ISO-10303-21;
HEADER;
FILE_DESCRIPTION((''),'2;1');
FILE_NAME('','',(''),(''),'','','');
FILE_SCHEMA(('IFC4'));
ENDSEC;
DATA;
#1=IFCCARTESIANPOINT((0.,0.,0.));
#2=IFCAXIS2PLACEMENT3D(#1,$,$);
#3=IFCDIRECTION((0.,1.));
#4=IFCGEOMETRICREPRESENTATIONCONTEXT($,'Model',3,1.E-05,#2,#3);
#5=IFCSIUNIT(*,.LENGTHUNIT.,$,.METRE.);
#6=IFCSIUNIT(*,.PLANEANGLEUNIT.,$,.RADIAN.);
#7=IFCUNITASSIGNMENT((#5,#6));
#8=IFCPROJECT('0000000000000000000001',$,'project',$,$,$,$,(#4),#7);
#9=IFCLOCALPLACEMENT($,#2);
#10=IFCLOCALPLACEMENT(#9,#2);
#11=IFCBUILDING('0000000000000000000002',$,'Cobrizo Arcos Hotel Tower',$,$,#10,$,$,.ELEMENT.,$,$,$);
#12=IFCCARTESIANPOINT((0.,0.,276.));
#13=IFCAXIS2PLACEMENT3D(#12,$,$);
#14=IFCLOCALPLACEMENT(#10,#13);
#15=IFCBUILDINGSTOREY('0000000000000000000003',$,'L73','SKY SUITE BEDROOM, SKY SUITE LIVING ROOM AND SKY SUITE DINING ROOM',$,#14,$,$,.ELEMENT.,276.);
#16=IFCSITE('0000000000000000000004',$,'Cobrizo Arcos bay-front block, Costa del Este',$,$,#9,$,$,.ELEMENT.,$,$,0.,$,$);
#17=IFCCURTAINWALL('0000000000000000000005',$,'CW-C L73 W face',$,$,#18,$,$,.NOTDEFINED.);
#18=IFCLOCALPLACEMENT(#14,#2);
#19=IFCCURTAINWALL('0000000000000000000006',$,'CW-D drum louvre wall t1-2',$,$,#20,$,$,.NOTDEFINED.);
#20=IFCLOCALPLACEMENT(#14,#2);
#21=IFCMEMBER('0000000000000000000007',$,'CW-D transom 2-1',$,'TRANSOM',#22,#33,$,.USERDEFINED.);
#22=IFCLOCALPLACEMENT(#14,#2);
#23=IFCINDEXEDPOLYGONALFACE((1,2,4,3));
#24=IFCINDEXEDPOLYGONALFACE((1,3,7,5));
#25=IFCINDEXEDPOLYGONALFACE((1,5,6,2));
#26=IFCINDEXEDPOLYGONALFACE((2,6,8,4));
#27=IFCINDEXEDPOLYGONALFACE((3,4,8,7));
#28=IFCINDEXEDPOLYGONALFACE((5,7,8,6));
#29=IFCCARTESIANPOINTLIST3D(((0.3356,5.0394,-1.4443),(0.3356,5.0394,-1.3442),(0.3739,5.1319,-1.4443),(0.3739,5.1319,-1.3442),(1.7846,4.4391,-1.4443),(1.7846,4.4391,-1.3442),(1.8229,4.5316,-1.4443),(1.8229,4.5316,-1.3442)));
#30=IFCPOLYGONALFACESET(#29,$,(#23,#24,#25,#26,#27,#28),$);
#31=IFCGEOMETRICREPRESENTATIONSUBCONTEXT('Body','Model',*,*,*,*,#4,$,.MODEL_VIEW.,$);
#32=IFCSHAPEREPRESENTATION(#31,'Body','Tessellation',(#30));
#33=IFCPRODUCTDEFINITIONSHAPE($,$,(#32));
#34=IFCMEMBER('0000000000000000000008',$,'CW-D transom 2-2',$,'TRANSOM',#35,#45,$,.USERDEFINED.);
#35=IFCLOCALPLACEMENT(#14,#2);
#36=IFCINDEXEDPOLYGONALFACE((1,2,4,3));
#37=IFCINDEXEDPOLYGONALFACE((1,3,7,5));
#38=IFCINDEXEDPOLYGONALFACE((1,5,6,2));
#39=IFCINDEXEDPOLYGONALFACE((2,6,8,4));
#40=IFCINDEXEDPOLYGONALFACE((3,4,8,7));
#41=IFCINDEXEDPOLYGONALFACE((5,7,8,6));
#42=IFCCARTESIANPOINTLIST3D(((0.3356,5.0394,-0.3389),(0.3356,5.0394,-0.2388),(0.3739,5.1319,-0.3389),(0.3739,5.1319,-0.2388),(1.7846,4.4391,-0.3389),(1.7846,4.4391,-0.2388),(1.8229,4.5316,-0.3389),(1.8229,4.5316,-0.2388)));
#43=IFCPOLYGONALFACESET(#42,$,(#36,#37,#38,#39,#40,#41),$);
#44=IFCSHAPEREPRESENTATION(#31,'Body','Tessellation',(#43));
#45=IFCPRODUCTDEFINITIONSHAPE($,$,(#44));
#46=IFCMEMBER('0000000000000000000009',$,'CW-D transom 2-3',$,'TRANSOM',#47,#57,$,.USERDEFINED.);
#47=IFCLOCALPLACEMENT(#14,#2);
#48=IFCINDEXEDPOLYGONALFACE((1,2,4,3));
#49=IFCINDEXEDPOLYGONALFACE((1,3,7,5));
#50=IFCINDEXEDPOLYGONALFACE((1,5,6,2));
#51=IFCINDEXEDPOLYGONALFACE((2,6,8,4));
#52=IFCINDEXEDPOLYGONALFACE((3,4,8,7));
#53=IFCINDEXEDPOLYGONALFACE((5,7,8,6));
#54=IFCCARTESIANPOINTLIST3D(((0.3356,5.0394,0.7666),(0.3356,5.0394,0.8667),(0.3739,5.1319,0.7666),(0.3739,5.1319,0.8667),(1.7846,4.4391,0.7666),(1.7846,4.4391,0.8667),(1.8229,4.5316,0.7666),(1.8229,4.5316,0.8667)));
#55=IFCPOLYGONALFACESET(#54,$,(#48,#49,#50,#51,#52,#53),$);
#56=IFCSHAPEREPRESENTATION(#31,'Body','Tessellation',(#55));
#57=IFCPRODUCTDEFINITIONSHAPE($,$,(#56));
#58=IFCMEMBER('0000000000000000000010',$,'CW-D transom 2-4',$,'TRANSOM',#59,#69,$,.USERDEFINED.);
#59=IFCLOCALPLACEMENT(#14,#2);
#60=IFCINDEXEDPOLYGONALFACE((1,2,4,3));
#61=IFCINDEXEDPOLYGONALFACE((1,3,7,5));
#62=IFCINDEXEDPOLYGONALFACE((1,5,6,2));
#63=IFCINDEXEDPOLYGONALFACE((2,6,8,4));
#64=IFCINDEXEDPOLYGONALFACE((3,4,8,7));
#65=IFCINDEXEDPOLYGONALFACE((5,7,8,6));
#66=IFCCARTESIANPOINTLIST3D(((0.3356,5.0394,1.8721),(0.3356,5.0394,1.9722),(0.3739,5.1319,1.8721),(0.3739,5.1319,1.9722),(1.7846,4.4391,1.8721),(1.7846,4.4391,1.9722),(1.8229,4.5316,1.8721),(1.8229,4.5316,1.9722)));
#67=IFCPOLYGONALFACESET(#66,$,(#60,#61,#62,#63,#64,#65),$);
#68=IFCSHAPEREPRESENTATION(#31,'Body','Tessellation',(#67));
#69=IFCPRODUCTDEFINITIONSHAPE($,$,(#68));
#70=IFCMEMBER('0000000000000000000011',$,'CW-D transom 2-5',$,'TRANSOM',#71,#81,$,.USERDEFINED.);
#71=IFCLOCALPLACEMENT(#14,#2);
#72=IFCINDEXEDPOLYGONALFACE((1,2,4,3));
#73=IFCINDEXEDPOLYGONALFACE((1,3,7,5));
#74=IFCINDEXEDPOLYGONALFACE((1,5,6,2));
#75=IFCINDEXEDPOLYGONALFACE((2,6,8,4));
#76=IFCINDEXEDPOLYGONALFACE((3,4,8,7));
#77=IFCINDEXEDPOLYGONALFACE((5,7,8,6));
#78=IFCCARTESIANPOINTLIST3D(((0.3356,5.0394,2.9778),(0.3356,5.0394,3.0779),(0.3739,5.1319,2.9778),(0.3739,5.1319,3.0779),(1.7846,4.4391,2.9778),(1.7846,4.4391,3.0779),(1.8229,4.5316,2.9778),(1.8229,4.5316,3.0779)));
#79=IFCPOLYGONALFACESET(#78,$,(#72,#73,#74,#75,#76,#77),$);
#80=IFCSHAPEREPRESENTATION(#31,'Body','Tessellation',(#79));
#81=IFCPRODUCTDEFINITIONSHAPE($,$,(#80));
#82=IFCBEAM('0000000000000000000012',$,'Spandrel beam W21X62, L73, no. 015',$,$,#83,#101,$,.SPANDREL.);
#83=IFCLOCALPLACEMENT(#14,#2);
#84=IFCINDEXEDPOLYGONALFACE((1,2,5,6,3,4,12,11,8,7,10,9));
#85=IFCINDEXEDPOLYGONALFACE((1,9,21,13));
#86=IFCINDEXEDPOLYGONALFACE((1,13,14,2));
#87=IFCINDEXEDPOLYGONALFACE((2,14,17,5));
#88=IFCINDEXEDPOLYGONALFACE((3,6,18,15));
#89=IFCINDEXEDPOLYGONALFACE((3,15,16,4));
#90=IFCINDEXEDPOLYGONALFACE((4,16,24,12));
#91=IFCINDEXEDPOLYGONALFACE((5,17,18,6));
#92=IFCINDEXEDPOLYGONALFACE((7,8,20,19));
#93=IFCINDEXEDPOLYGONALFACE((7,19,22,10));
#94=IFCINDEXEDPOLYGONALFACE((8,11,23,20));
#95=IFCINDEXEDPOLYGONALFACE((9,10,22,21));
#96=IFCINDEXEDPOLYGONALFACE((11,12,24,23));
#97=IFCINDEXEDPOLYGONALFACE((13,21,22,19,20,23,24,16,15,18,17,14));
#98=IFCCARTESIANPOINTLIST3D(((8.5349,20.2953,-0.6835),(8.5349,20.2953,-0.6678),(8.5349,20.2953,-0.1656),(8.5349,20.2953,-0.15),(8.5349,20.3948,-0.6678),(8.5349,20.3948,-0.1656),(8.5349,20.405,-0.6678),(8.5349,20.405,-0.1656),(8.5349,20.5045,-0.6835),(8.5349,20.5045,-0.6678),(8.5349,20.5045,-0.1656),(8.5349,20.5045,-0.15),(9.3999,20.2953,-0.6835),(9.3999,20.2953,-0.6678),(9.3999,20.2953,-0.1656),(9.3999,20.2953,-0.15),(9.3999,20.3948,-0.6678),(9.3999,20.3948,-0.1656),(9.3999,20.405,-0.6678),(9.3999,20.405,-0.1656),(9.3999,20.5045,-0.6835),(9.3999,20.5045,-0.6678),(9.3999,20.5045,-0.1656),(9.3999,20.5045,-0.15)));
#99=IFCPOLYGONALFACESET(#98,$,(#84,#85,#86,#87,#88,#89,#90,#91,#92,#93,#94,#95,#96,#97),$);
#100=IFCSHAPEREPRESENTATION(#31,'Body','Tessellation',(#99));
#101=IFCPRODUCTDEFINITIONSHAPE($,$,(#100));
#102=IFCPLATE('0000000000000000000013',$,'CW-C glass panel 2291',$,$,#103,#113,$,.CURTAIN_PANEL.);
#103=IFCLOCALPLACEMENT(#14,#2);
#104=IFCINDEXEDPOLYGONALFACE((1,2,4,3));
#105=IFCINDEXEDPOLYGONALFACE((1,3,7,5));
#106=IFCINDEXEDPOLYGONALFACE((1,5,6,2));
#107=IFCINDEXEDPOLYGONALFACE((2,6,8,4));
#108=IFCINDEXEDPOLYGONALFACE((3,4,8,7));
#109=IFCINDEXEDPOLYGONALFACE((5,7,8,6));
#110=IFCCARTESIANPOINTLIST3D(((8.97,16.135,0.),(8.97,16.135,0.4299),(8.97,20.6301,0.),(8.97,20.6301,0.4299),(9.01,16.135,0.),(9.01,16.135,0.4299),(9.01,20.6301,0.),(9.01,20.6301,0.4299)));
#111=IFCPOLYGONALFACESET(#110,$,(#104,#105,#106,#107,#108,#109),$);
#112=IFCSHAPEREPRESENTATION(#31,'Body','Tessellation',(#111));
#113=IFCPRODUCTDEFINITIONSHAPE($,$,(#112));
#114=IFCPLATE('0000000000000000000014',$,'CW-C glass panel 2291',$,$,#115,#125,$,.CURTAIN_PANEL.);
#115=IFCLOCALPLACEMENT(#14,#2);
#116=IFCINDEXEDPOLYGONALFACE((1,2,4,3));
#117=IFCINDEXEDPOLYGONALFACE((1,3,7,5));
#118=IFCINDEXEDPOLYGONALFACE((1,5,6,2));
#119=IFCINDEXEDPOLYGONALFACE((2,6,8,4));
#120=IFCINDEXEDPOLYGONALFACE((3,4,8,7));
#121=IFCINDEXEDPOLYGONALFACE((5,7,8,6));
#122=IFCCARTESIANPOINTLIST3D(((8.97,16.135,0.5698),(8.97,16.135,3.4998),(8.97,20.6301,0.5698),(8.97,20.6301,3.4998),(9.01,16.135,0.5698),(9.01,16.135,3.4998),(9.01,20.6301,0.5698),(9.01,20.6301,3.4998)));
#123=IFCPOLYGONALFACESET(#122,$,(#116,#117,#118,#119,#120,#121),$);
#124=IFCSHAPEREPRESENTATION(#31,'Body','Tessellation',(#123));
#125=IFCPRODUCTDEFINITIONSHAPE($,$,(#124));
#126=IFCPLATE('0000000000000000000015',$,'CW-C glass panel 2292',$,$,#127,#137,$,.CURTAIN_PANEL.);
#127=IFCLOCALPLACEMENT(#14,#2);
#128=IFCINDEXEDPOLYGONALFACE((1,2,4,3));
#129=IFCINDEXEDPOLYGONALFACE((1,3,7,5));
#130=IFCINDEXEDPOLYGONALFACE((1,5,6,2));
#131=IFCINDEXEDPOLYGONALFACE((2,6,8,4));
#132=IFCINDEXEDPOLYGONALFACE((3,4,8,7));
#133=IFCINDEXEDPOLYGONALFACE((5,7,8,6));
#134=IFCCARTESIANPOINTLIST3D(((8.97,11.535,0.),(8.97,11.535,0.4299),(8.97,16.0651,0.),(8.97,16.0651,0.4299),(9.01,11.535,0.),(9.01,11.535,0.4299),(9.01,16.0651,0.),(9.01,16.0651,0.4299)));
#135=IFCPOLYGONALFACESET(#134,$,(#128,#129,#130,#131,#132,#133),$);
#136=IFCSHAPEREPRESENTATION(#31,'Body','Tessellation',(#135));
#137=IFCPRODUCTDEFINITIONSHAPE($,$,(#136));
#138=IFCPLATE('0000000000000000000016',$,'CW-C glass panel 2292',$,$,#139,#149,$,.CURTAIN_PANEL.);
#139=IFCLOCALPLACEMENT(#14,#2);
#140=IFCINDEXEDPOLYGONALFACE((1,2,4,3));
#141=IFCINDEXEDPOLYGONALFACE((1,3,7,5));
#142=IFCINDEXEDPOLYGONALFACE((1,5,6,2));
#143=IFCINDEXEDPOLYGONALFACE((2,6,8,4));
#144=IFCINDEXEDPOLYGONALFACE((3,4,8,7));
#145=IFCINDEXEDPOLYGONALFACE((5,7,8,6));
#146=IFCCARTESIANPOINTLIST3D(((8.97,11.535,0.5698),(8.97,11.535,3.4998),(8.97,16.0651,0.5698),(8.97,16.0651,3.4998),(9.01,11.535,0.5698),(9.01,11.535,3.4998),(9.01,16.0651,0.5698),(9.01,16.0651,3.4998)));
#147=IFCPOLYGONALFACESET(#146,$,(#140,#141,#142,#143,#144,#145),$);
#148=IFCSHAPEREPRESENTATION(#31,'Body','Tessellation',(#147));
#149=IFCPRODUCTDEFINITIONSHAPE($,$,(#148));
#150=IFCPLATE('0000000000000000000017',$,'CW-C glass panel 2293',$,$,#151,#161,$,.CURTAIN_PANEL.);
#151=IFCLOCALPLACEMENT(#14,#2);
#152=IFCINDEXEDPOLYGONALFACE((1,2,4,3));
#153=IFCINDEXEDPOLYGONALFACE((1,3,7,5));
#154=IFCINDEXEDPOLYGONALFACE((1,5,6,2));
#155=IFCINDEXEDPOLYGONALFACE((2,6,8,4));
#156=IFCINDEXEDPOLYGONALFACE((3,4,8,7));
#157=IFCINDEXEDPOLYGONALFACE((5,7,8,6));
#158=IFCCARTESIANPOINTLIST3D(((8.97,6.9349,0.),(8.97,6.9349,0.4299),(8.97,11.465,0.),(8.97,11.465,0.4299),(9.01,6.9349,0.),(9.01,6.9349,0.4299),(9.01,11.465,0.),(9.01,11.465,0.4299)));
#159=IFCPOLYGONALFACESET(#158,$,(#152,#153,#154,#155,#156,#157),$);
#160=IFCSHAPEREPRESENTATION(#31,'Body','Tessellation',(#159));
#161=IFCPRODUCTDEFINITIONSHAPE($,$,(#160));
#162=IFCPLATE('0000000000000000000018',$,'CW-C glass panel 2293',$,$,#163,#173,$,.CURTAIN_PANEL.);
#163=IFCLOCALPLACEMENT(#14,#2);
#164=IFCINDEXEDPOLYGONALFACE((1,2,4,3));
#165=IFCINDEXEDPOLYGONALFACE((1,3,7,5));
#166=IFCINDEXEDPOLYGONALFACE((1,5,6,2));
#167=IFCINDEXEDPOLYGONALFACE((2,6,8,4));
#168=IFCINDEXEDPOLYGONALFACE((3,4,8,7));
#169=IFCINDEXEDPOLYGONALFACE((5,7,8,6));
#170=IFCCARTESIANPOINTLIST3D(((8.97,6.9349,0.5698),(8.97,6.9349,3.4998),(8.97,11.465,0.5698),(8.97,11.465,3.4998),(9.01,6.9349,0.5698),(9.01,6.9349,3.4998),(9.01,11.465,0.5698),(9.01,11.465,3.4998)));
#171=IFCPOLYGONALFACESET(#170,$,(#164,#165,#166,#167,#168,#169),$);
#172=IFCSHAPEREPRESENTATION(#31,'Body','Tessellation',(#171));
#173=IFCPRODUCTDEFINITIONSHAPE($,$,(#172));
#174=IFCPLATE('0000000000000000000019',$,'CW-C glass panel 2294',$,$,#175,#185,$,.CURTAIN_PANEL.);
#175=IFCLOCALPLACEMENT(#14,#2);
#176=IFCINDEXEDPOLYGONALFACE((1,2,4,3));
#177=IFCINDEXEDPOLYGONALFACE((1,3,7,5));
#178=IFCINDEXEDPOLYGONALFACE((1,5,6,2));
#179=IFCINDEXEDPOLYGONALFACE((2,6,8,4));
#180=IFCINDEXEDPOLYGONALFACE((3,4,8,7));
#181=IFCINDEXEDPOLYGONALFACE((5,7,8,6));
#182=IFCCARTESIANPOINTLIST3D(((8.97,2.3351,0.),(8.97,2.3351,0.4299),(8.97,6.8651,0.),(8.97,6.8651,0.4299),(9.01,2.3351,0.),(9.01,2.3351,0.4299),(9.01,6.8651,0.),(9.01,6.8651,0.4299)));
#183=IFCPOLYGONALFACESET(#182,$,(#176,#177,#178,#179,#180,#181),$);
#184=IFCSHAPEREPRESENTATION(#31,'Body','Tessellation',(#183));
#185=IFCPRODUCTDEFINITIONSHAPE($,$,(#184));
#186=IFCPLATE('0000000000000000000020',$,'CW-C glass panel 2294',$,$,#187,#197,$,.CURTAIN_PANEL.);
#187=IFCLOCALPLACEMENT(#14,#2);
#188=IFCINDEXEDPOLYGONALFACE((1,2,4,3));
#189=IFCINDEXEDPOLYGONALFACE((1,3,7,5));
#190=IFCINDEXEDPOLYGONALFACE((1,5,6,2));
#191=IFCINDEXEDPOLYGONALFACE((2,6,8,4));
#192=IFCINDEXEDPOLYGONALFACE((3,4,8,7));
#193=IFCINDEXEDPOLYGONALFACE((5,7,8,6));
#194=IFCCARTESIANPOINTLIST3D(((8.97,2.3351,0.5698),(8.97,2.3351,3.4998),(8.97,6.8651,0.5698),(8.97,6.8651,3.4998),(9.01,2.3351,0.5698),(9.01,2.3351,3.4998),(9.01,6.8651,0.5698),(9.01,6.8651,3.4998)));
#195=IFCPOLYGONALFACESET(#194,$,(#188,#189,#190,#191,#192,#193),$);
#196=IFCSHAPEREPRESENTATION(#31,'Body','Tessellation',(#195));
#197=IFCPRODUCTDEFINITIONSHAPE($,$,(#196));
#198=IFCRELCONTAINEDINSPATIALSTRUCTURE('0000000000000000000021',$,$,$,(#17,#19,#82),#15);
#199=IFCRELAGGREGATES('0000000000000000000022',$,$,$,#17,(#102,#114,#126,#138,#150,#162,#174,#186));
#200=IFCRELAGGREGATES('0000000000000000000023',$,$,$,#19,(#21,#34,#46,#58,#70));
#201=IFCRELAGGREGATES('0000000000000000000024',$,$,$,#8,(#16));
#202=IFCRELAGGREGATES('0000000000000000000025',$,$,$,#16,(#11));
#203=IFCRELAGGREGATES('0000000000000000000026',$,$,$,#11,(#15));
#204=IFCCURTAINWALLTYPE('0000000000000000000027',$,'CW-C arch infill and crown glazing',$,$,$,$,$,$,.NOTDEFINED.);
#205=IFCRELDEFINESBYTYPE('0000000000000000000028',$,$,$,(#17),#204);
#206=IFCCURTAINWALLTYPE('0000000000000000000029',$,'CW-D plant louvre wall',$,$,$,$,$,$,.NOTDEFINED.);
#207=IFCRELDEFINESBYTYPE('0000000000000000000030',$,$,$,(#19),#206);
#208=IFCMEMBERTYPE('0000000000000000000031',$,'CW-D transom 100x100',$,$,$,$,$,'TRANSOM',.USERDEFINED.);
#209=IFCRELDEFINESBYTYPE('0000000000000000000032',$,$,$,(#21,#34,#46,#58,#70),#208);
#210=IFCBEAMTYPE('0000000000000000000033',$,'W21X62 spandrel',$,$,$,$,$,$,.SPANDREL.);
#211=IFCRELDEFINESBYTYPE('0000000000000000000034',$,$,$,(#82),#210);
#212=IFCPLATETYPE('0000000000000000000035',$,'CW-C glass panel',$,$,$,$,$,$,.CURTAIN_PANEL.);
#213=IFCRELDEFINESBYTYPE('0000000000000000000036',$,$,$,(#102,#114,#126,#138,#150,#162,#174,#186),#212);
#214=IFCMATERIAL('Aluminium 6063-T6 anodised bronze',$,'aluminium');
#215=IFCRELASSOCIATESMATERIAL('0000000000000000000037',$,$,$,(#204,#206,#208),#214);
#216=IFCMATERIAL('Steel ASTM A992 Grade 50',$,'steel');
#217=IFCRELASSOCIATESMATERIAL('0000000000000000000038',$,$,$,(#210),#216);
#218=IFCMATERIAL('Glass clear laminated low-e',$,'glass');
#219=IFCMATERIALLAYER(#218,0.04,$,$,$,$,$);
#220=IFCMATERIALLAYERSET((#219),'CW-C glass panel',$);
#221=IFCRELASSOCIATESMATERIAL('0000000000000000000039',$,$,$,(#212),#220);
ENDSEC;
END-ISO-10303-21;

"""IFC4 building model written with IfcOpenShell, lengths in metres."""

from ifc_helpers import new_model, si_unit, direction, frame, origin, origin_2d, place, context, subcontext, project, spatial, rectangle, i_section, extrude, material, layer, layer_set, material_profile, profile_set, type_object, element, aggregate, save


model = new_model("IFC4")

# Units and contexts
model_context = context("Model", 3, precision=1e-05, world=origin(), true_north=direction((0.0, 1.0)))
body_context = subcontext(model_context, "Body", "Model", "MODEL_VIEW")
ifc_project = project(units=[si_unit("LENGTHUNIT", "METRE"), si_unit("PLANEANGLEUNIT", "RADIAN")], contexts=[model_context])

# Site, building, storey
site_placement = place(None, origin())
site = spatial("IfcSite", under=ifc_project, at=site_placement, Name="Cobrizo Arcos bay-front block, Costa del Este", CompositionType="ELEMENT", RefElevation=0.0)
building_placement = place(site_placement, origin())
building = spatial("IfcBuilding", under=site, at=building_placement, Name="Cobrizo Arcos Hotel Tower", CompositionType="ELEMENT")
storey_placement = place(building_placement, frame((0.0, 0.0, 276.0)))
storey = spatial("IfcBuildingStorey", under=building, at=storey_placement, Name="L73", Description="SKY SUITE BEDROOM, SKY SUITE LIVING ROOM AND SKY SUITE DINING ROOM", CompositionType="ELEMENT", Elevation=276.0)

# Shared definitions
ifc_material_1 = material(Name="Aluminium 6063-T6 anodised bronze", Category="aluminium")

# Curtain walls, members
curtain_wall_type_1 = type_object("IfcCurtainWallType", Name="CW-C arch infill and crown glazing", PredefinedType="NOTDEFINED", material=ifc_material_1)
curtain_wall_1_placement = place(storey_placement, origin())
curtain_wall_1 = element("IfcCurtainWall", 1, at=curtain_wall_1_placement, inside=storey, type_object=curtain_wall_type_1, Name="CW-C L73 W face", PredefinedType="NOTDEFINED")
curtain_wall_type_2 = type_object("IfcCurtainWallType", Name="CW-D plant louvre wall", PredefinedType="NOTDEFINED", material=ifc_material_1)
curtain_wall_2_placement = place(storey_placement, origin())
curtain_wall_2 = element("IfcCurtainWall", 2, at=curtain_wall_2_placement, inside=storey, type_object=curtain_wall_type_2, Name="CW-D drum louvre wall t1-2", PredefinedType="NOTDEFINED")
ifc_material_profile_1 = material_profile(ifc_material_1, rectangle(XDim=0.1001, YDim=0.1001, at=origin_2d()), Name="CW-D transom 100x100")
ifc_profile_set_1 = profile_set([ifc_material_profile_1], Name="Aluminium 6063-T6 anodised bronze")
member_type_1 = type_object("IfcMemberType", Name="CW-D transom 100x100", ElementType="TRANSOM", PredefinedType="USERDEFINED", material=ifc_profile_set_1)
member_1_placement = place(storey_placement, frame((1.8037, 4.4854, -1.3943), z_axis=(-0.923844, 0.382769, 0.0), x_axis=(-0.382769, -0.923844, 0.0)))
member_1 = element("IfcMember", 3, at=member_1_placement, type_object=member_type_1, Name="CW-D transom 2-1", ObjectType="TRANSOM", PredefinedType="USERDEFINED", context=body_context, shape_type="SweptSolid", body=[
    extrude(rectangle(XDim=0.1001, YDim=0.1001, at=origin_2d()), origin(), (0.0, 0.0, 1.0), 1.5684),
])
member_2_placement = place(storey_placement, frame((1.8037, 4.4854, -0.2888), z_axis=(-0.923844, 0.382769, 0.0), x_axis=(-0.382769, -0.923844, 0.0)))
member_2 = element("IfcMember", 4, at=member_2_placement, type_object=member_type_1, Name="CW-D transom 2-2", ObjectType="TRANSOM", PredefinedType="USERDEFINED", context=body_context, shape_type="SweptSolid", body=[
    extrude(rectangle(XDim=0.1001, YDim=0.1001, at=origin_2d()), origin(), (0.0, 0.0, 1.0), 1.5684),
])
member_3_placement = place(storey_placement, frame((1.8037, 4.4854, 0.8167), z_axis=(-0.923844, 0.382769, 0.0), x_axis=(-0.382769, -0.923844, 0.0)))
member_3 = element("IfcMember", 5, at=member_3_placement, type_object=member_type_1, Name="CW-D transom 2-3", ObjectType="TRANSOM", PredefinedType="USERDEFINED", context=body_context, shape_type="SweptSolid", body=[
    extrude(rectangle(XDim=0.1001, YDim=0.1001, at=origin_2d()), origin(), (0.0, 0.0, 1.0), 1.5684),
])
member_4_placement = place(storey_placement, frame((1.8037, 4.4854, 1.9221), z_axis=(-0.923844, 0.382769, 0.0), x_axis=(-0.382769, -0.923844, 0.0)))
member_4 = element("IfcMember", 6, at=member_4_placement, type_object=member_type_1, Name="CW-D transom 2-4", ObjectType="TRANSOM", PredefinedType="USERDEFINED", context=body_context, shape_type="SweptSolid", body=[
    extrude(rectangle(XDim=0.1001, YDim=0.1001, at=origin_2d()), origin(), (0.0, 0.0, 1.0), 1.5684),
])
member_5_placement = place(storey_placement, frame((1.8037, 4.4854, 3.0278), z_axis=(-0.923844, 0.382769, 0.0), x_axis=(-0.382769, -0.923844, 0.0)))
member_5 = element("IfcMember", 7, at=member_5_placement, type_object=member_type_1, Name="CW-D transom 2-5", ObjectType="TRANSOM", PredefinedType="USERDEFINED", context=body_context, shape_type="SweptSolid", body=[
    extrude(rectangle(XDim=0.1001, YDim=0.1001, at=origin_2d()), origin(), (0.0, 0.0, 1.0), 1.5684),
])

# Beam
ifc_material_2 = material(Name="Steel ASTM A992 Grade 50", Category="steel")
ifc_material_profile_2 = material_profile(ifc_material_2, i_section(OverallWidth=0.2092, OverallDepth=0.5334, WebThickness=0.0103, FlangeThickness=0.0156, at=origin_2d()), Name="W21X62")
ifc_profile_set_2 = profile_set([ifc_material_profile_2], Name="Steel ASTM A992 Grade 50")
beam_type = type_object("IfcBeamType", Name="W21X62 spandrel", PredefinedType="SPANDREL", material=ifc_profile_set_2)
beam_placement = place(storey_placement, frame((8.5349, 20.3999, -0.4167), z_axis=(1.0, 0.0, 0.0), x_axis=(0.0, 1.0, 0.0)))
element("IfcBeam", 8, at=beam_placement, inside=storey, type_object=beam_type, Name="Spandrel beam W21X62, L73, no. 015", PredefinedType="SPANDREL", context=body_context, shape_type="SweptSolid", body=[
    extrude(i_section(OverallWidth=0.2092, OverallDepth=0.5334, WebThickness=0.0103, FlangeThickness=0.0156, at=origin_2d()), origin(), (0.0, 0.0, 1.0), 0.865),
])

# Plates
ifc_material_3 = material(Name="Glass clear laminated low-e", Category="glass")
ifc_layer_1 = layer(ifc_material_3, 0.04)
ifc_layer_set_1 = layer_set([ifc_layer_1], Name="CW-C glass panel")
plate_type_1 = type_object("IfcPlateType", Name="CW-C glass panel", PredefinedType="CURTAIN_PANEL", material=ifc_layer_set_1)
plate_1_placement = place(storey_placement, frame((8.99, 18.3826, 0.0), z_axis=(0.0, 0.0, 1.0), x_axis=(0.0, -1.0, 0.0)))
plate_1 = element("IfcPlate", 9, at=plate_1_placement, type_object=plate_type_1, Name="CW-C glass panel 2291", PredefinedType="CURTAIN_PANEL", context=body_context, shape_type="SweptSolid", body=[
    extrude(rectangle(XDim=4.4951, YDim=0.04, at=origin_2d()), origin(), (0.0, 0.0, 1.0), 0.4299),
])
plate_2_placement = place(storey_placement, frame((8.99, 18.3826, 0.5698), z_axis=(0.0, 0.0, 1.0), x_axis=(0.0, -1.0, 0.0)))
plate_2 = element("IfcPlate", 10, at=plate_2_placement, type_object=plate_type_1, Name="CW-C glass panel 2291", PredefinedType="CURTAIN_PANEL", context=body_context, shape_type="SweptSolid", body=[
    extrude(rectangle(XDim=4.4951, YDim=0.04, at=origin_2d()), origin(), (0.0, 0.0, 1.0), 2.9299),
])
plate_3_placement = place(storey_placement, frame((8.99, 13.8, 0.0), z_axis=(0.0, 0.0, 1.0), x_axis=(0.0, -1.0, 0.0)))
plate_3 = element("IfcPlate", 11, at=plate_3_placement, type_object=plate_type_1, Name="CW-C glass panel 2292", PredefinedType="CURTAIN_PANEL", context=body_context, shape_type="SweptSolid", body=[
    extrude(rectangle(XDim=4.53, YDim=0.04, at=origin_2d()), origin(), (0.0, 0.0, 1.0), 0.4299),
])
plate_4_placement = place(storey_placement, frame((8.99, 13.8, 0.5698), z_axis=(0.0, 0.0, 1.0), x_axis=(0.0, -1.0, 0.0)))
plate_4 = element("IfcPlate", 12, at=plate_4_placement, type_object=plate_type_1, Name="CW-C glass panel 2292", PredefinedType="CURTAIN_PANEL", context=body_context, shape_type="SweptSolid", body=[
    extrude(rectangle(XDim=4.53, YDim=0.04, at=origin_2d()), origin(), (0.0, 0.0, 1.0), 2.9299),
])
plate_5_placement = place(storey_placement, frame((8.99, 9.2, 0.0), z_axis=(0.0, 0.0, 1.0), x_axis=(0.0, -1.0, 0.0)))
plate_5 = element("IfcPlate", 13, at=plate_5_placement, type_object=plate_type_1, Name="CW-C glass panel 2293", PredefinedType="CURTAIN_PANEL", context=body_context, shape_type="SweptSolid", body=[
    extrude(rectangle(XDim=4.53, YDim=0.04, at=origin_2d()), origin(), (0.0, 0.0, 1.0), 0.4299),
])
plate_6_placement = place(storey_placement, frame((8.99, 9.2, 0.5698), z_axis=(0.0, 0.0, 1.0), x_axis=(0.0, -1.0, 0.0)))
plate_6 = element("IfcPlate", 14, at=plate_6_placement, type_object=plate_type_1, Name="CW-C glass panel 2293", PredefinedType="CURTAIN_PANEL", context=body_context, shape_type="SweptSolid", body=[
    extrude(rectangle(XDim=4.53, YDim=0.04, at=origin_2d()), origin(), (0.0, 0.0, 1.0), 2.9299),
])
plate_7_placement = place(storey_placement, frame((8.99, 4.6001, 0.0), z_axis=(0.0, 0.0, 1.0), x_axis=(0.0, -1.0, 0.0)))
plate_7 = element("IfcPlate", 15, at=plate_7_placement, type_object=plate_type_1, Name="CW-C glass panel 2294", PredefinedType="CURTAIN_PANEL", context=body_context, shape_type="SweptSolid", body=[
    extrude(rectangle(XDim=4.53, YDim=0.04, at=origin_2d()), origin(), (0.0, 0.0, 1.0), 0.4299),
])
plate_8_placement = place(storey_placement, frame((8.99, 4.6001, 0.5698), z_axis=(0.0, 0.0, 1.0), x_axis=(0.0, -1.0, 0.0)))
plate_8 = element("IfcPlate", 16, at=plate_8_placement, type_object=plate_type_1, Name="CW-C glass panel 2294", PredefinedType="CURTAIN_PANEL", context=body_context, shape_type="SweptSolid", body=[
    extrude(rectangle(XDim=4.53, YDim=0.04, at=origin_2d()), origin(), (0.0, 0.0, 1.0), 2.9299),
])
aggregate(curtain_wall_1, [plate_1, plate_2, plate_3, plate_4, plate_5, plate_6, plate_7, plate_8])
aggregate(curtain_wall_2, [member_1, member_2, member_3, member_4, member_5])

save(model, "model.ifc")
